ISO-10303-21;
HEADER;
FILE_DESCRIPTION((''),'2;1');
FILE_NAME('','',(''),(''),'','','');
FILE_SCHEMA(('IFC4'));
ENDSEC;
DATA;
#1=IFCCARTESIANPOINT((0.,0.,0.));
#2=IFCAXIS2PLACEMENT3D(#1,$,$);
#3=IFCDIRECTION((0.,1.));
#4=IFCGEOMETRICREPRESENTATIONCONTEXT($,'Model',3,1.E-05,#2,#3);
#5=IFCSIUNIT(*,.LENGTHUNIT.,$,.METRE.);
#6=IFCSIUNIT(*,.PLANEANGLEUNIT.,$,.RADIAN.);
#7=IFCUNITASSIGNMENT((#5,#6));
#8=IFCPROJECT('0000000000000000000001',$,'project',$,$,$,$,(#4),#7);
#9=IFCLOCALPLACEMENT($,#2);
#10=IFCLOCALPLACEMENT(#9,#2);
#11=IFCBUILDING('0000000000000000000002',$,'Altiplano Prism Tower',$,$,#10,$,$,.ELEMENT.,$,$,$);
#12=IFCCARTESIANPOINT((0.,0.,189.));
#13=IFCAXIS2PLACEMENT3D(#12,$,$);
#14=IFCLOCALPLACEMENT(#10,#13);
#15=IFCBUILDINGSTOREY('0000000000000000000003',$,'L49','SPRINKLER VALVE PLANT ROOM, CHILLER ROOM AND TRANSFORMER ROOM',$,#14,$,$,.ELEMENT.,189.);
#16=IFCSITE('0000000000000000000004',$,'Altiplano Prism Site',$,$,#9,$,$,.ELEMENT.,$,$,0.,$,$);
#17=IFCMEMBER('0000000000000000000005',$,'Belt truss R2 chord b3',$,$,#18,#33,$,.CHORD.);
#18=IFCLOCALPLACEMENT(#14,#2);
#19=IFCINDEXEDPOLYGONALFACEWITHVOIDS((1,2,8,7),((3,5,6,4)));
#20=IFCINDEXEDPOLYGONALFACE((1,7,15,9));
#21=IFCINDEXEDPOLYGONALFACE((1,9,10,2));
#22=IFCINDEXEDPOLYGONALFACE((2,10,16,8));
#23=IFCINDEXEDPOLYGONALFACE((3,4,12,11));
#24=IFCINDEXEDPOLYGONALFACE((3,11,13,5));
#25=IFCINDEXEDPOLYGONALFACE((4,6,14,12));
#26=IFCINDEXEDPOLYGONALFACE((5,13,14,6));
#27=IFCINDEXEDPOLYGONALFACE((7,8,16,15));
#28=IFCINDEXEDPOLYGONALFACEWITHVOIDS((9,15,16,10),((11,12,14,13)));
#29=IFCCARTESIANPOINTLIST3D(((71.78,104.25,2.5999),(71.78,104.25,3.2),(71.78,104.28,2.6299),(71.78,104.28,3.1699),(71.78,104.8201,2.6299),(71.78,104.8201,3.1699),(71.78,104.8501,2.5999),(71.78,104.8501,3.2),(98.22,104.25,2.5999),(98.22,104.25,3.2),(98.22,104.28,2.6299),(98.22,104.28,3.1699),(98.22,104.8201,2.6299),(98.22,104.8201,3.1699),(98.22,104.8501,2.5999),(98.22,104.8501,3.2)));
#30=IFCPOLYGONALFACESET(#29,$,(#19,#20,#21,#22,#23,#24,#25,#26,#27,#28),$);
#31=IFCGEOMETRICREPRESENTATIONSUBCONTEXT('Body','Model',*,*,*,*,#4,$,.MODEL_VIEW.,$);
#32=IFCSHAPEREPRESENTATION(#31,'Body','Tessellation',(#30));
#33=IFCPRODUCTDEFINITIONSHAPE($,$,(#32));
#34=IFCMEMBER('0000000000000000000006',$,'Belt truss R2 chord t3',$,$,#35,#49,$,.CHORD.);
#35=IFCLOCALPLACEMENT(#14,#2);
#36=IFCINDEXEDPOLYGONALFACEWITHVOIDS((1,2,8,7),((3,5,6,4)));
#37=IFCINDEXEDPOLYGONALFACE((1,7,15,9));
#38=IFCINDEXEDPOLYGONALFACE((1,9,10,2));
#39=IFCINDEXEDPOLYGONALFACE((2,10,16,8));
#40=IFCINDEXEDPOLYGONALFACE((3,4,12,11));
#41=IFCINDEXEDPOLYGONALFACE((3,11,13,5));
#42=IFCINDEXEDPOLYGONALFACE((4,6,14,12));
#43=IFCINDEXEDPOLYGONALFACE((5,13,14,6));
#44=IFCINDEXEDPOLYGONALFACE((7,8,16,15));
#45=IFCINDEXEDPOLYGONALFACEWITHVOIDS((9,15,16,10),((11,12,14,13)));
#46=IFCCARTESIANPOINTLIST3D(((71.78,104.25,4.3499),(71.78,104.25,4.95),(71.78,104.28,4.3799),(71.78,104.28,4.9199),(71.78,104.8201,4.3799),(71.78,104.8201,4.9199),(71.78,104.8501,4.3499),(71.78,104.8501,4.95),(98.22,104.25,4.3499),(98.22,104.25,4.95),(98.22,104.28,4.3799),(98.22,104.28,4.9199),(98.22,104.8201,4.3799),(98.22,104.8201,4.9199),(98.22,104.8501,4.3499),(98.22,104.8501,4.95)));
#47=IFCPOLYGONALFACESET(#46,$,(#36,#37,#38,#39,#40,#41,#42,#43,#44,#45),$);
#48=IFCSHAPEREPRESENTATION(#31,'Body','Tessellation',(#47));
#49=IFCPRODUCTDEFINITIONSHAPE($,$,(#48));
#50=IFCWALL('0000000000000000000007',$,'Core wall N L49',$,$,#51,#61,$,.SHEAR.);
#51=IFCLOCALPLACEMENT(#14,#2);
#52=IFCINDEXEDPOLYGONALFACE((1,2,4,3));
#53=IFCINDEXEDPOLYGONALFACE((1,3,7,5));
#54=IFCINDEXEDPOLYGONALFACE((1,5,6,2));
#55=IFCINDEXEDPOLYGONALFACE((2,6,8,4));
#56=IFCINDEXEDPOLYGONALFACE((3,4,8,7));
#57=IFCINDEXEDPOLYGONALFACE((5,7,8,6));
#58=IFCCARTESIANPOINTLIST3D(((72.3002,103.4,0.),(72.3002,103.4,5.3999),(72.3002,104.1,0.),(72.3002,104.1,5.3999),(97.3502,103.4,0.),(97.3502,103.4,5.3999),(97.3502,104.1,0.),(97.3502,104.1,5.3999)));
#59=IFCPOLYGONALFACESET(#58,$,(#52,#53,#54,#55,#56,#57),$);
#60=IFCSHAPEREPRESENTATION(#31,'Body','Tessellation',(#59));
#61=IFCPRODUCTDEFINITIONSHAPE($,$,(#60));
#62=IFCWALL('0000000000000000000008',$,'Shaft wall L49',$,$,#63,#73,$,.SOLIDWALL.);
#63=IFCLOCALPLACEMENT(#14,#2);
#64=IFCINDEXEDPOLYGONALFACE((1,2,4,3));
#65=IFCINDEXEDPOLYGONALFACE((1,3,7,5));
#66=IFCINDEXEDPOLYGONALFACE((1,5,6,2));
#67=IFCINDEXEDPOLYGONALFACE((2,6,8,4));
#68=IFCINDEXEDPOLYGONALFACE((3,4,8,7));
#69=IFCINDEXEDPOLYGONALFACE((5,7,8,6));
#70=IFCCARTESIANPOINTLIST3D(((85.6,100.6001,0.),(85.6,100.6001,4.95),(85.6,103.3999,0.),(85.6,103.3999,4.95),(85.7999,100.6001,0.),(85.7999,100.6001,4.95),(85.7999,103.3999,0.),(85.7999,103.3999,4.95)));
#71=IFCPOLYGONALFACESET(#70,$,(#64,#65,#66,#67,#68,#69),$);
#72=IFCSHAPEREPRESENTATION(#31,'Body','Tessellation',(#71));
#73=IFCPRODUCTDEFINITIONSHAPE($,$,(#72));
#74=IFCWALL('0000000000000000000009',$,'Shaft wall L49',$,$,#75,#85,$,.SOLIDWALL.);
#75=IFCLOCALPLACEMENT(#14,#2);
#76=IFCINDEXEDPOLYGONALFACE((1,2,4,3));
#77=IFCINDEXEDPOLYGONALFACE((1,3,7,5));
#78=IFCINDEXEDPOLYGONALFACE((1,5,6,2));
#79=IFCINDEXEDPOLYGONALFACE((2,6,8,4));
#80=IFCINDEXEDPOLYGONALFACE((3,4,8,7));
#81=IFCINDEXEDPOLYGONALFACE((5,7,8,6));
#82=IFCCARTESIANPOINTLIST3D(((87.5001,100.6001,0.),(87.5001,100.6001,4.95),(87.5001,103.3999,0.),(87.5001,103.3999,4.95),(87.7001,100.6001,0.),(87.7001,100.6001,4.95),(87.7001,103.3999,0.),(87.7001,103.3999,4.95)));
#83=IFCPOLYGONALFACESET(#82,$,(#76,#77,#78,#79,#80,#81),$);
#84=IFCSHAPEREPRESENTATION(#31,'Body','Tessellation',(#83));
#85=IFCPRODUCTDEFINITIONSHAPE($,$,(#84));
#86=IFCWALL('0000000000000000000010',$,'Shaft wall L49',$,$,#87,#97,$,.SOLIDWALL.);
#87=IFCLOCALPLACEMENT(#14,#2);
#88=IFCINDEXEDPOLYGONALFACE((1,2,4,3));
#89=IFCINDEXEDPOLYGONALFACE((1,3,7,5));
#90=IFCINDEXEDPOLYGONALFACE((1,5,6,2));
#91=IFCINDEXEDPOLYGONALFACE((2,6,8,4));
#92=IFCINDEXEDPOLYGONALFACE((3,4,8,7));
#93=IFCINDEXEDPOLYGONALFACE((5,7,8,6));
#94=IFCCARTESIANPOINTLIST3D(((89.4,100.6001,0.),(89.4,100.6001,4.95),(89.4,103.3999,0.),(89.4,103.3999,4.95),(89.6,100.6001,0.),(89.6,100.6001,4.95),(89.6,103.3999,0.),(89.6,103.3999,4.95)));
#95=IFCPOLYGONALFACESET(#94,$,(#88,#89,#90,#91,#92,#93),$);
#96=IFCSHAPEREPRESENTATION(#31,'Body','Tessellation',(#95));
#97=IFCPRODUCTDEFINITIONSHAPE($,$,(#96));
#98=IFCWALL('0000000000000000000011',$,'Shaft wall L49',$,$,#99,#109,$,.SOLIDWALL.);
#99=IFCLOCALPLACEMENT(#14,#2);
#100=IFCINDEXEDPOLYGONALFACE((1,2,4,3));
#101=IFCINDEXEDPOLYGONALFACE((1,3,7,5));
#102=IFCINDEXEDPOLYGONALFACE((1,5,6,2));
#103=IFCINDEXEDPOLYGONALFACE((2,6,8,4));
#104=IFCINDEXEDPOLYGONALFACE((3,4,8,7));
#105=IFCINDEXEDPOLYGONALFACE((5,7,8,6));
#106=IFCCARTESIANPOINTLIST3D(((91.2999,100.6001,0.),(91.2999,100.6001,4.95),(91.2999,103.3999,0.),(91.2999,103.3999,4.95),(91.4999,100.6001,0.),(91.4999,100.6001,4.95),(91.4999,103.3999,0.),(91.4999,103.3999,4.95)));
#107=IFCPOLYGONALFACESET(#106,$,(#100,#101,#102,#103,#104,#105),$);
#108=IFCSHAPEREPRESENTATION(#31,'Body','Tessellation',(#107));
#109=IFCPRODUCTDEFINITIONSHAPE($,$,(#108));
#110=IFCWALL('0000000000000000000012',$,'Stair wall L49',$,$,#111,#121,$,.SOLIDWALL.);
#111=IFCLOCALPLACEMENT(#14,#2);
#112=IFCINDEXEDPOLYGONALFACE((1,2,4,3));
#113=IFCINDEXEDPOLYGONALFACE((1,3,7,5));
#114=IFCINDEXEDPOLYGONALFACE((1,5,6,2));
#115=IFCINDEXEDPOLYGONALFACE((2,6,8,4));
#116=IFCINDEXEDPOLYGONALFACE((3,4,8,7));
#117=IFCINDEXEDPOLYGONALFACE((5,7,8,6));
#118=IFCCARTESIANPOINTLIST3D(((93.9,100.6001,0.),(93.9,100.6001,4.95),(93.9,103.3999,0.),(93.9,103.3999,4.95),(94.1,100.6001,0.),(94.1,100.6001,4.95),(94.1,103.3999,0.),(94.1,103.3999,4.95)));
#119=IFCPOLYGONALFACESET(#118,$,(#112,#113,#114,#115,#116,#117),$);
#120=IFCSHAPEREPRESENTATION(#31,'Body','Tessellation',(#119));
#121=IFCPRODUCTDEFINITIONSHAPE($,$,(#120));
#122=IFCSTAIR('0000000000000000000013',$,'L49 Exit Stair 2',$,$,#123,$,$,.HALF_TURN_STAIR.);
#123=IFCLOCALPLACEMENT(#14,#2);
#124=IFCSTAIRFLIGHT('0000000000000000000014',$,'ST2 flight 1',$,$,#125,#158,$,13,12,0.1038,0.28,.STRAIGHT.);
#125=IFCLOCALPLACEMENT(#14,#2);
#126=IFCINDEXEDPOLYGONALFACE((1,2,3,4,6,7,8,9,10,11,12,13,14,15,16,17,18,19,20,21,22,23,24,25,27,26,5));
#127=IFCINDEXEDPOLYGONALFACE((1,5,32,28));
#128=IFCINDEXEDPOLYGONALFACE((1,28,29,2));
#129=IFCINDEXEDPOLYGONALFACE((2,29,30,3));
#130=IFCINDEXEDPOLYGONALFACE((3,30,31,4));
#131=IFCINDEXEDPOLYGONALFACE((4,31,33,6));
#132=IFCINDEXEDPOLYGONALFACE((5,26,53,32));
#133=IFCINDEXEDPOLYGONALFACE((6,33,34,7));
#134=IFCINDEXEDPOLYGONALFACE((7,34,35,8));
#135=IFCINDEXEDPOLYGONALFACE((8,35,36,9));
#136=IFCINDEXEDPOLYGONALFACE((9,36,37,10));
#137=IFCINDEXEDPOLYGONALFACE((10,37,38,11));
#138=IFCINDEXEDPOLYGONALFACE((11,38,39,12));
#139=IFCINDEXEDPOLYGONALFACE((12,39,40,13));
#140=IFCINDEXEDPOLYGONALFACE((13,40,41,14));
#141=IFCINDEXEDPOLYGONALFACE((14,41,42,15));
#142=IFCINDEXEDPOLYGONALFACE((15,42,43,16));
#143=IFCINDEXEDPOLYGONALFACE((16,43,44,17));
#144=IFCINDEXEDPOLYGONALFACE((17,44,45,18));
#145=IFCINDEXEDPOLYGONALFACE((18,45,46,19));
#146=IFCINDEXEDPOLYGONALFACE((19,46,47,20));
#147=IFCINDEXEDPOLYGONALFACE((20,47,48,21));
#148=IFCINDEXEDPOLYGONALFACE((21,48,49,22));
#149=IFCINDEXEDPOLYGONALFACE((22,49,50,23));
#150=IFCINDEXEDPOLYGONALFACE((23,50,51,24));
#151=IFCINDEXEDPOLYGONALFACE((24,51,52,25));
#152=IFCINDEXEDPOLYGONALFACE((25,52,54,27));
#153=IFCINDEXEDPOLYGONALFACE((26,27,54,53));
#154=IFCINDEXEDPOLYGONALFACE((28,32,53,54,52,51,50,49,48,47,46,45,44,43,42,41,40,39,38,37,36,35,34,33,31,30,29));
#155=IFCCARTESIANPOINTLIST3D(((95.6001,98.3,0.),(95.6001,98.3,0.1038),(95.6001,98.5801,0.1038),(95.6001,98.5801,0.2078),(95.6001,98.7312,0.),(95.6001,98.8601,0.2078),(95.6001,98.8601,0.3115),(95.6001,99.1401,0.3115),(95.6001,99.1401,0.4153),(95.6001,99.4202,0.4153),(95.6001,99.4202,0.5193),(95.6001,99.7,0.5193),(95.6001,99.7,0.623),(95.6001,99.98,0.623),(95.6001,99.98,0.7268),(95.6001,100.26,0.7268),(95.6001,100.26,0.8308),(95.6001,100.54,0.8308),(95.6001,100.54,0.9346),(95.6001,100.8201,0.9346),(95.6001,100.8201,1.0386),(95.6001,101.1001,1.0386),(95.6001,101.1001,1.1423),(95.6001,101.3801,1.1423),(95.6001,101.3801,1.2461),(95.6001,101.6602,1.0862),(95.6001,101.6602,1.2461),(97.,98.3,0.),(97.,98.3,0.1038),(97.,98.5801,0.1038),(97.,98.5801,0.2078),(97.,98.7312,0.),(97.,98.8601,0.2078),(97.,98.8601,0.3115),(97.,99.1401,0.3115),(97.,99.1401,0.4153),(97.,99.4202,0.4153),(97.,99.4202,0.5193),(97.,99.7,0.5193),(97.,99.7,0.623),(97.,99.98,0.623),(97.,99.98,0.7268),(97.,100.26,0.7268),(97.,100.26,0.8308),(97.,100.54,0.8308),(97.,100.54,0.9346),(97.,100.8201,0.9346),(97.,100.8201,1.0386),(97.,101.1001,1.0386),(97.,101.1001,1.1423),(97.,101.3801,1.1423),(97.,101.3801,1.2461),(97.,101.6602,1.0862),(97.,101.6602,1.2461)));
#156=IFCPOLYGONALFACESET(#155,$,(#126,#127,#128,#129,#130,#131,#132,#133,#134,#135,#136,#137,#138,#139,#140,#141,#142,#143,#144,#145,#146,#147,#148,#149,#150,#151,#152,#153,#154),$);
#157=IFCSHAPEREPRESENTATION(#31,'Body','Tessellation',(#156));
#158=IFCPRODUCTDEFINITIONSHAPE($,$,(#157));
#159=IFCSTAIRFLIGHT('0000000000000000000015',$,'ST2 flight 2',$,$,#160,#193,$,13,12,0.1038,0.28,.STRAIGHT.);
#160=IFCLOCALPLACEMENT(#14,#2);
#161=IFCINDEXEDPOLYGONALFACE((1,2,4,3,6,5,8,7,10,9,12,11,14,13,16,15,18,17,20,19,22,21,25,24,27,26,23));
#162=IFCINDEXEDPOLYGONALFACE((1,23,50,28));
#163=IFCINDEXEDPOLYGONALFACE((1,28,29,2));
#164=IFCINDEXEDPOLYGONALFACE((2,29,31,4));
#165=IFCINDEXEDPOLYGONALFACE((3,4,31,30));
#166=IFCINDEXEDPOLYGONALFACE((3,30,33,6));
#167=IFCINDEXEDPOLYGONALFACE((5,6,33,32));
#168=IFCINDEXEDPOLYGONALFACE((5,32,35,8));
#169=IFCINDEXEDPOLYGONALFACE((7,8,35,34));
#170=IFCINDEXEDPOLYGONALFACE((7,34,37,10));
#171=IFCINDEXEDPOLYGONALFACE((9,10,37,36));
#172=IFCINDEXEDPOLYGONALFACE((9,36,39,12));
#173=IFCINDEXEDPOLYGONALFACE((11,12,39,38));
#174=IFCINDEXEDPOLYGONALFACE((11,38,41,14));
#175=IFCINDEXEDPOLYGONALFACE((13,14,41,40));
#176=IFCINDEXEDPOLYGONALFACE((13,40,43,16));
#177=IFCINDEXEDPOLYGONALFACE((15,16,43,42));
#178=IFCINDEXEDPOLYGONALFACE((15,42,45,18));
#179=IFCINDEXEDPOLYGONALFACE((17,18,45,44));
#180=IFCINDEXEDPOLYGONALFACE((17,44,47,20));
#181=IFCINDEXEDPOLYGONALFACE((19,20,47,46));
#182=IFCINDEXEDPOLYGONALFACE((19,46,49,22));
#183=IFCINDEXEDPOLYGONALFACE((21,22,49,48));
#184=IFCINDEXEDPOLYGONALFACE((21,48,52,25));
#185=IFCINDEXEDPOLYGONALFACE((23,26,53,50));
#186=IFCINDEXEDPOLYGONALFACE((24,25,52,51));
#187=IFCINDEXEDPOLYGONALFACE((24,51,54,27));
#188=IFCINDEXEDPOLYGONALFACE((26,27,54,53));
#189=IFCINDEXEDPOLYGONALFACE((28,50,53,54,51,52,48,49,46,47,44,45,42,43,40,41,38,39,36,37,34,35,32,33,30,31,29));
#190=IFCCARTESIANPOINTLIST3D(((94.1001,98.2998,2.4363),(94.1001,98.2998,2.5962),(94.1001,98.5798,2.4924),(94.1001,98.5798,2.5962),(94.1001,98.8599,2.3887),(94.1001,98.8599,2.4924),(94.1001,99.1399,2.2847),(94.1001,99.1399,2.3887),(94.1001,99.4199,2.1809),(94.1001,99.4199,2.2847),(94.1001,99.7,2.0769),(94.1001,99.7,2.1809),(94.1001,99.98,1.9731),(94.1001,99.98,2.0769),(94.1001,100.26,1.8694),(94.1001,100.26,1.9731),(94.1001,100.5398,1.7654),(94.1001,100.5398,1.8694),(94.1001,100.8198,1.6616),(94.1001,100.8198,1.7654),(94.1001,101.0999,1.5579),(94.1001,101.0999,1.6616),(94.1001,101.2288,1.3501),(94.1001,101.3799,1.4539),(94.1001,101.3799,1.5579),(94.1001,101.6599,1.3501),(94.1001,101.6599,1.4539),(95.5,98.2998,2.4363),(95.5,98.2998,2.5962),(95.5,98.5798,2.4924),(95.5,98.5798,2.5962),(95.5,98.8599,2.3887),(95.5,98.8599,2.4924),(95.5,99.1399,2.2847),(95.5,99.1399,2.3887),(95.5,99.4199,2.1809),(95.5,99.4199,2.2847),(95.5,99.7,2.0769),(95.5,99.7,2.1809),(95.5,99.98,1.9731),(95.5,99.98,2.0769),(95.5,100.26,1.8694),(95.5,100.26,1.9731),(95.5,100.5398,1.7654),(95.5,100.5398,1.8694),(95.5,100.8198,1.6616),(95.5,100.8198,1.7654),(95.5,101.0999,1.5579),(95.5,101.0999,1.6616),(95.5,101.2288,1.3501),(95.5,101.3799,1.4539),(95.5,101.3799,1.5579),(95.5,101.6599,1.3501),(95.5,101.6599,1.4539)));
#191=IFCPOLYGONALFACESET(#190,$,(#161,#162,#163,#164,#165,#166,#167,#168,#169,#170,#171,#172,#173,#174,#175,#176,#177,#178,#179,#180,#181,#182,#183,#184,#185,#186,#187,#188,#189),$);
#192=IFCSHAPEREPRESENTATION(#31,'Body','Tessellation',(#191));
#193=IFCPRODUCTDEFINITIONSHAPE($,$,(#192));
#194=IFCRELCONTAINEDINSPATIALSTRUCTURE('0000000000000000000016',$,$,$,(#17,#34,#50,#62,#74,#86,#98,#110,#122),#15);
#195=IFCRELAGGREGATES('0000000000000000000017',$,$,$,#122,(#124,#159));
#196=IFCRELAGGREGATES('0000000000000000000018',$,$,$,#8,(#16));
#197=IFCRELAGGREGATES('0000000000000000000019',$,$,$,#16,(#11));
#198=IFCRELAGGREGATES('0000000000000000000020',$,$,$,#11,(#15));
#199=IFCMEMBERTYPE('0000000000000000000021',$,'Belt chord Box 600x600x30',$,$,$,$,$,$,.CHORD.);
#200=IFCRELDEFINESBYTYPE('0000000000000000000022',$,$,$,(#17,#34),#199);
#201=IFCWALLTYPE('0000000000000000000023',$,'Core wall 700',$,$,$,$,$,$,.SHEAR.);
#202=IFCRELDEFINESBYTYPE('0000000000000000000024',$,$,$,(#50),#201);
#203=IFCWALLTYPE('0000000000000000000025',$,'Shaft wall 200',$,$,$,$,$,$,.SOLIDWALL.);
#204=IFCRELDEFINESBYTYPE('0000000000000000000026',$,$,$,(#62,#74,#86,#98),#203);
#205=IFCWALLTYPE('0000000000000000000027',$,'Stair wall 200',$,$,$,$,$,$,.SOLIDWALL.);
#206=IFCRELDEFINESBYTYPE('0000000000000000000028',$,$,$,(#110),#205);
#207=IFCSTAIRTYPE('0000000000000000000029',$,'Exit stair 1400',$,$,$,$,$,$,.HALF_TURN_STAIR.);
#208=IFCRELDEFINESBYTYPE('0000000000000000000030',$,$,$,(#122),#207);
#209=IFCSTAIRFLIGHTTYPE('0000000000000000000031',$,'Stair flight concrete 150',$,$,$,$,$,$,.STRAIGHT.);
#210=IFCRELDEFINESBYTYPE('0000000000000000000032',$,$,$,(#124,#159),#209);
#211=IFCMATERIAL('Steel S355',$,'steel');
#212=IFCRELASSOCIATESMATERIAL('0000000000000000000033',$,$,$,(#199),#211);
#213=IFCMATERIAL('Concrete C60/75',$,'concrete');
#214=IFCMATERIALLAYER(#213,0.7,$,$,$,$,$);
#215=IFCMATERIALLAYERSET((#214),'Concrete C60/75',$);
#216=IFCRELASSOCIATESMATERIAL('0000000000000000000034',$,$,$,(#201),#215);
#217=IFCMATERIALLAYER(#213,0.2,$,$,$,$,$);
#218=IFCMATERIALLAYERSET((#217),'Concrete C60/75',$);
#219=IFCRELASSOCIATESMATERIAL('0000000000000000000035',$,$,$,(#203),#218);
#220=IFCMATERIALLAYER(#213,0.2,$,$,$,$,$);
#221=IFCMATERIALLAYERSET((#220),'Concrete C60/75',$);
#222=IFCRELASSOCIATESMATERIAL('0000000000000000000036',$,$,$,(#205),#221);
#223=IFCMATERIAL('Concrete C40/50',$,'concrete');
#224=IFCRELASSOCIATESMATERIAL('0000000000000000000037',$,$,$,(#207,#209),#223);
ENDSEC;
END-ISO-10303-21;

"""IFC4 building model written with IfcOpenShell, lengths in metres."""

from ifc_helpers import new_model, si_unit, direction, frame, frame_2d, origin, origin_2d, place, context, subcontext, project, spatial, polyline, rectangle, hollow_rectangle, outline, extrude, material, layer, layer_set, material_profile, profile_set, type_object, element, aggregate, save


model = new_model("IFC4")

# Units and contexts
model_context = context("Model", 3, precision=1e-05, world=origin(), true_north=direction((0.0, 1.0)))
body_context = subcontext(model_context, "Body", "Model", "MODEL_VIEW")
ifc_project = project(units=[si_unit("LENGTHUNIT", "METRE"), si_unit("PLANEANGLEUNIT", "RADIAN")], contexts=[model_context])

# Site, building, storey
site_placement = place(None, origin())
site = spatial("IfcSite", under=ifc_project, at=site_placement, Name="Altiplano Prism Site", CompositionType="ELEMENT", RefElevation=0.0)
building_placement = place(site_placement, origin())
building = spatial("IfcBuilding", under=site, at=building_placement, Name="Altiplano Prism Tower", CompositionType="ELEMENT")
storey_placement = place(building_placement, frame((0.0, 0.0, 189.0)))
storey = spatial("IfcBuildingStorey", under=building, at=storey_placement, Name="L49", Description="SPRINKLER VALVE PLANT ROOM, CHILLER ROOM AND TRANSFORMER ROOM", CompositionType="ELEMENT", Elevation=189.0)

# Members
ifc_material_1 = material(Name="Steel S355", Category="steel")
ifc_material_profile_1 = material_profile(ifc_material_1, hollow_rectangle(XDim=0.6001, YDim=0.6001, WallThickness=0.03, at=origin_2d()), Name="Belt chord Box 600x600x30")
ifc_profile_set_1 = profile_set([ifc_material_profile_1], Name="Steel S355")
member_type = type_object("IfcMemberType", Name="Belt chord Box 600x600x30", PredefinedType="CHORD", material=ifc_profile_set_1)
for number, where, z_axis, x_axis, name in (
    (1, (98.22, 104.55, 2.8999), (-1.0, 0.0, 0.0), (0.0, -1.0, 0.0), "Belt truss R2 chord b3"),
    (2, (98.22, 104.55, 4.6499), (-1.0, 0.0, 0.0), (0.0, -1.0, 0.0), "Belt truss R2 chord t3"),
):
    element("IfcMember", number, at=place(storey_placement, frame(where, z_axis=z_axis, x_axis=x_axis)), inside=storey, type_object=member_type, Name=name, PredefinedType="CHORD", context=body_context, shape_type="SweptSolid", body=[
        extrude(hollow_rectangle(XDim=0.6001, YDim=0.6001, WallThickness=0.03, at=origin_2d()), origin(), (0.0, 0.0, 1.0), 26.4399),
    ])

# Walls
ifc_material_2 = material(Name="Concrete C60/75", Category="concrete")
ifc_layer_1 = layer(ifc_material_2, 0.7)
ifc_layer_set_1 = layer_set([ifc_layer_1], Name="Concrete C60/75")
wall_type_1 = type_object("IfcWallType", Name="Core wall 700", PredefinedType="SHEAR", material=ifc_layer_set_1)
wall_1_placement = place(storey_placement, frame((97.3501, 103.75, 0.0), z_axis=(0.0, 0.0, 1.0), x_axis=(-1.0, 0.0, 0.0)))
element("IfcWall", 3, at=wall_1_placement, inside=storey, type_object=wall_type_1, Name="Core wall N L49", PredefinedType="SHEAR", context=body_context, shape_type="SweptSolid", body=[
    extrude(rectangle(XDim=25.05, YDim=0.7, at=frame_2d((12.5249, 0.0))), origin(), (0.0, 0.0, 1.0), 5.3999),
])
ifc_layer_2 = layer(ifc_material_2, 0.2)
ifc_layer_set_2 = layer_set([ifc_layer_2], Name="Concrete C60/75")
wall_type_2 = type_object("IfcWallType", Name="Shaft wall 200", PredefinedType="SOLIDWALL", material=ifc_layer_set_2)
for number, where, z_axis, x_axis, name in (
    (4, (85.7, 100.6001, 0.0), (0.0, 0.0, 1.0), (0.0, 1.0, 0.0), "Shaft wall L49"),
    (5, (87.6001, 100.6001, 0.0), (0.0, 0.0, 1.0), (0.0, 1.0, 0.0), "Shaft wall L49"),
    (6, (89.5, 100.6001, 0.0), (0.0, 0.0, 1.0), (0.0, 1.0, 0.0), "Shaft wall L49"),
    (7, (91.3999, 100.6001, 0.0), (0.0, 0.0, 1.0), (0.0, 1.0, 0.0), "Shaft wall L49"),
):
    element("IfcWall", number, at=place(storey_placement, frame(where, z_axis=z_axis, x_axis=x_axis)), inside=storey, type_object=wall_type_2, Name=name, PredefinedType="SOLIDWALL", context=body_context, shape_type="SweptSolid", body=[
        extrude(rectangle(XDim=2.7998, YDim=0.2, at=frame_2d((1.3999, 0.0))), origin(), (0.0, 0.0, 1.0), 4.95),
    ])
ifc_layer_3 = layer(ifc_material_2, 0.2)
ifc_layer_set_3 = layer_set([ifc_layer_3], Name="Concrete C60/75")
wall_type_3 = type_object("IfcWallType", Name="Stair wall 200", PredefinedType="SOLIDWALL", material=ifc_layer_set_3)
wall_2_placement = place(storey_placement, frame((94.0, 100.6001, 0.0), z_axis=(0.0, 0.0, 1.0), x_axis=(0.0, 1.0, 0.0)))
element("IfcWall", 8, at=wall_2_placement, inside=storey, type_object=wall_type_3, Name="Stair wall L49", PredefinedType="SOLIDWALL", context=body_context, shape_type="SweptSolid", body=[
    extrude(rectangle(XDim=2.7998, YDim=0.2, at=frame_2d((1.3999, 0.0))), origin(), (0.0, 0.0, 1.0), 4.95),
])

# Stair, stair flights
ifc_material_3 = material(Name="Concrete C40/50", Category="concrete")
stair_type = type_object("IfcStairType", Name="Exit stair 1400", PredefinedType="HALF_TURN_STAIR", material=ifc_material_3)
stair_placement = place(storey_placement, origin())
stair = element("IfcStair", 9, at=stair_placement, inside=storey, type_object=stair_type, Name="L49 Exit Stair 2", PredefinedType="HALF_TURN_STAIR")
stair_flight_type = type_object("IfcStairFlightType", Name="Stair flight concrete 150", PredefinedType="STRAIGHT", material=ifc_material_3)
stair_flight_1_placement = place(storey_placement, frame((96.3, 98.3, 0.0), z_axis=(0.0, 0.0, 1.0), x_axis=(0.0, 1.0, 0.0)))
stair_flight_1 = element("IfcStairFlight", 10, at=stair_flight_1_placement, type_object=stair_flight_type, Name="ST2 flight 1", NumberOfRisers=13, NumberOfTreads=12, PredefinedType="STRAIGHT", RiserHeight=0.1038, TreadLength=0.28, context=body_context, shape_type="SweptSolid", body=[
    extrude(outline(polyline([(0.0, 0.0), (0.0, 0.1038), (0.28, 0.1038), (0.28, 0.2078), (0.5601, 0.2078), (0.5601, 0.3115), (0.8401, 0.3115), (0.8401, 0.4153), (1.1201, 0.4153), (1.1201, 0.5193), (1.3999, 0.5193), (1.3999, 0.623), (1.6799, 0.623), (1.6799, 0.7268), (1.96, 0.7268), (1.96, 0.8308), (2.24, 0.8308), (2.24, 0.9346), (2.52, 0.9346), (2.52, 1.0386), (2.8, 1.0386), (2.8, 1.1423), (3.0801, 1.1423), (3.0801, 1.2461), (3.3601, 1.2461), (3.3601, 1.3501), (3.3601, 1.0862), (0.4312, 0.0), (0.0, 0.0)])), frame((0.0, 0.7, 0.0), z_axis=(0.0, -1.0, 0.0), x_axis=(1.0, 0.0, 0.0)), (0.0, 0.0, 1.0), 1.3999),
])
stair_flight_2_placement = place(storey_placement, frame((94.8, 101.6599, 1.3501), z_axis=(0.0, 0.0, 1.0), x_axis=(0.0, -1.0, 0.0)))
stair_flight_2 = element("IfcStairFlight", 11, at=stair_flight_2_placement, type_object=stair_flight_type, Name="ST2 flight 2", NumberOfRisers=13, NumberOfTreads=12, PredefinedType="STRAIGHT", RiserHeight=0.1038, TreadLength=0.28, context=body_context, shape_type="SweptSolid", body=[
    extrude(outline(polyline([(0.0, 0.0), (0.0, 0.1038), (0.28, 0.1038), (0.28, 0.2078), (0.5601, 0.2078), (0.5601, 0.3115), (0.8401, 0.3115), (0.8401, 0.4153), (1.1201, 0.4153), (1.1201, 0.5193), (1.3999, 0.5193), (1.3999, 0.623), (1.6799, 0.623), (1.6799, 0.7268), (1.96, 0.7268), (1.96, 0.8308), (2.24, 0.8308), (2.24, 0.9346), (2.52, 0.9346), (2.52, 1.0386), (2.8, 1.0386), (2.8, 1.1423), (3.0801, 1.1423), (3.0801, 1.2461), (3.3601, 1.2461), (3.3601, 1.3501), (3.3601, 1.0862), (0.4312, 0.0), (0.0, 0.0)])), frame((0.0, 0.7, 0.0), z_axis=(0.0, -1.0, 0.0), x_axis=(1.0, 0.0, 0.0)), (0.0, 0.0, 1.0), 1.3999),
])
aggregate(stair, [stair_flight_1, stair_flight_2])

save(model, "model.ifc")
